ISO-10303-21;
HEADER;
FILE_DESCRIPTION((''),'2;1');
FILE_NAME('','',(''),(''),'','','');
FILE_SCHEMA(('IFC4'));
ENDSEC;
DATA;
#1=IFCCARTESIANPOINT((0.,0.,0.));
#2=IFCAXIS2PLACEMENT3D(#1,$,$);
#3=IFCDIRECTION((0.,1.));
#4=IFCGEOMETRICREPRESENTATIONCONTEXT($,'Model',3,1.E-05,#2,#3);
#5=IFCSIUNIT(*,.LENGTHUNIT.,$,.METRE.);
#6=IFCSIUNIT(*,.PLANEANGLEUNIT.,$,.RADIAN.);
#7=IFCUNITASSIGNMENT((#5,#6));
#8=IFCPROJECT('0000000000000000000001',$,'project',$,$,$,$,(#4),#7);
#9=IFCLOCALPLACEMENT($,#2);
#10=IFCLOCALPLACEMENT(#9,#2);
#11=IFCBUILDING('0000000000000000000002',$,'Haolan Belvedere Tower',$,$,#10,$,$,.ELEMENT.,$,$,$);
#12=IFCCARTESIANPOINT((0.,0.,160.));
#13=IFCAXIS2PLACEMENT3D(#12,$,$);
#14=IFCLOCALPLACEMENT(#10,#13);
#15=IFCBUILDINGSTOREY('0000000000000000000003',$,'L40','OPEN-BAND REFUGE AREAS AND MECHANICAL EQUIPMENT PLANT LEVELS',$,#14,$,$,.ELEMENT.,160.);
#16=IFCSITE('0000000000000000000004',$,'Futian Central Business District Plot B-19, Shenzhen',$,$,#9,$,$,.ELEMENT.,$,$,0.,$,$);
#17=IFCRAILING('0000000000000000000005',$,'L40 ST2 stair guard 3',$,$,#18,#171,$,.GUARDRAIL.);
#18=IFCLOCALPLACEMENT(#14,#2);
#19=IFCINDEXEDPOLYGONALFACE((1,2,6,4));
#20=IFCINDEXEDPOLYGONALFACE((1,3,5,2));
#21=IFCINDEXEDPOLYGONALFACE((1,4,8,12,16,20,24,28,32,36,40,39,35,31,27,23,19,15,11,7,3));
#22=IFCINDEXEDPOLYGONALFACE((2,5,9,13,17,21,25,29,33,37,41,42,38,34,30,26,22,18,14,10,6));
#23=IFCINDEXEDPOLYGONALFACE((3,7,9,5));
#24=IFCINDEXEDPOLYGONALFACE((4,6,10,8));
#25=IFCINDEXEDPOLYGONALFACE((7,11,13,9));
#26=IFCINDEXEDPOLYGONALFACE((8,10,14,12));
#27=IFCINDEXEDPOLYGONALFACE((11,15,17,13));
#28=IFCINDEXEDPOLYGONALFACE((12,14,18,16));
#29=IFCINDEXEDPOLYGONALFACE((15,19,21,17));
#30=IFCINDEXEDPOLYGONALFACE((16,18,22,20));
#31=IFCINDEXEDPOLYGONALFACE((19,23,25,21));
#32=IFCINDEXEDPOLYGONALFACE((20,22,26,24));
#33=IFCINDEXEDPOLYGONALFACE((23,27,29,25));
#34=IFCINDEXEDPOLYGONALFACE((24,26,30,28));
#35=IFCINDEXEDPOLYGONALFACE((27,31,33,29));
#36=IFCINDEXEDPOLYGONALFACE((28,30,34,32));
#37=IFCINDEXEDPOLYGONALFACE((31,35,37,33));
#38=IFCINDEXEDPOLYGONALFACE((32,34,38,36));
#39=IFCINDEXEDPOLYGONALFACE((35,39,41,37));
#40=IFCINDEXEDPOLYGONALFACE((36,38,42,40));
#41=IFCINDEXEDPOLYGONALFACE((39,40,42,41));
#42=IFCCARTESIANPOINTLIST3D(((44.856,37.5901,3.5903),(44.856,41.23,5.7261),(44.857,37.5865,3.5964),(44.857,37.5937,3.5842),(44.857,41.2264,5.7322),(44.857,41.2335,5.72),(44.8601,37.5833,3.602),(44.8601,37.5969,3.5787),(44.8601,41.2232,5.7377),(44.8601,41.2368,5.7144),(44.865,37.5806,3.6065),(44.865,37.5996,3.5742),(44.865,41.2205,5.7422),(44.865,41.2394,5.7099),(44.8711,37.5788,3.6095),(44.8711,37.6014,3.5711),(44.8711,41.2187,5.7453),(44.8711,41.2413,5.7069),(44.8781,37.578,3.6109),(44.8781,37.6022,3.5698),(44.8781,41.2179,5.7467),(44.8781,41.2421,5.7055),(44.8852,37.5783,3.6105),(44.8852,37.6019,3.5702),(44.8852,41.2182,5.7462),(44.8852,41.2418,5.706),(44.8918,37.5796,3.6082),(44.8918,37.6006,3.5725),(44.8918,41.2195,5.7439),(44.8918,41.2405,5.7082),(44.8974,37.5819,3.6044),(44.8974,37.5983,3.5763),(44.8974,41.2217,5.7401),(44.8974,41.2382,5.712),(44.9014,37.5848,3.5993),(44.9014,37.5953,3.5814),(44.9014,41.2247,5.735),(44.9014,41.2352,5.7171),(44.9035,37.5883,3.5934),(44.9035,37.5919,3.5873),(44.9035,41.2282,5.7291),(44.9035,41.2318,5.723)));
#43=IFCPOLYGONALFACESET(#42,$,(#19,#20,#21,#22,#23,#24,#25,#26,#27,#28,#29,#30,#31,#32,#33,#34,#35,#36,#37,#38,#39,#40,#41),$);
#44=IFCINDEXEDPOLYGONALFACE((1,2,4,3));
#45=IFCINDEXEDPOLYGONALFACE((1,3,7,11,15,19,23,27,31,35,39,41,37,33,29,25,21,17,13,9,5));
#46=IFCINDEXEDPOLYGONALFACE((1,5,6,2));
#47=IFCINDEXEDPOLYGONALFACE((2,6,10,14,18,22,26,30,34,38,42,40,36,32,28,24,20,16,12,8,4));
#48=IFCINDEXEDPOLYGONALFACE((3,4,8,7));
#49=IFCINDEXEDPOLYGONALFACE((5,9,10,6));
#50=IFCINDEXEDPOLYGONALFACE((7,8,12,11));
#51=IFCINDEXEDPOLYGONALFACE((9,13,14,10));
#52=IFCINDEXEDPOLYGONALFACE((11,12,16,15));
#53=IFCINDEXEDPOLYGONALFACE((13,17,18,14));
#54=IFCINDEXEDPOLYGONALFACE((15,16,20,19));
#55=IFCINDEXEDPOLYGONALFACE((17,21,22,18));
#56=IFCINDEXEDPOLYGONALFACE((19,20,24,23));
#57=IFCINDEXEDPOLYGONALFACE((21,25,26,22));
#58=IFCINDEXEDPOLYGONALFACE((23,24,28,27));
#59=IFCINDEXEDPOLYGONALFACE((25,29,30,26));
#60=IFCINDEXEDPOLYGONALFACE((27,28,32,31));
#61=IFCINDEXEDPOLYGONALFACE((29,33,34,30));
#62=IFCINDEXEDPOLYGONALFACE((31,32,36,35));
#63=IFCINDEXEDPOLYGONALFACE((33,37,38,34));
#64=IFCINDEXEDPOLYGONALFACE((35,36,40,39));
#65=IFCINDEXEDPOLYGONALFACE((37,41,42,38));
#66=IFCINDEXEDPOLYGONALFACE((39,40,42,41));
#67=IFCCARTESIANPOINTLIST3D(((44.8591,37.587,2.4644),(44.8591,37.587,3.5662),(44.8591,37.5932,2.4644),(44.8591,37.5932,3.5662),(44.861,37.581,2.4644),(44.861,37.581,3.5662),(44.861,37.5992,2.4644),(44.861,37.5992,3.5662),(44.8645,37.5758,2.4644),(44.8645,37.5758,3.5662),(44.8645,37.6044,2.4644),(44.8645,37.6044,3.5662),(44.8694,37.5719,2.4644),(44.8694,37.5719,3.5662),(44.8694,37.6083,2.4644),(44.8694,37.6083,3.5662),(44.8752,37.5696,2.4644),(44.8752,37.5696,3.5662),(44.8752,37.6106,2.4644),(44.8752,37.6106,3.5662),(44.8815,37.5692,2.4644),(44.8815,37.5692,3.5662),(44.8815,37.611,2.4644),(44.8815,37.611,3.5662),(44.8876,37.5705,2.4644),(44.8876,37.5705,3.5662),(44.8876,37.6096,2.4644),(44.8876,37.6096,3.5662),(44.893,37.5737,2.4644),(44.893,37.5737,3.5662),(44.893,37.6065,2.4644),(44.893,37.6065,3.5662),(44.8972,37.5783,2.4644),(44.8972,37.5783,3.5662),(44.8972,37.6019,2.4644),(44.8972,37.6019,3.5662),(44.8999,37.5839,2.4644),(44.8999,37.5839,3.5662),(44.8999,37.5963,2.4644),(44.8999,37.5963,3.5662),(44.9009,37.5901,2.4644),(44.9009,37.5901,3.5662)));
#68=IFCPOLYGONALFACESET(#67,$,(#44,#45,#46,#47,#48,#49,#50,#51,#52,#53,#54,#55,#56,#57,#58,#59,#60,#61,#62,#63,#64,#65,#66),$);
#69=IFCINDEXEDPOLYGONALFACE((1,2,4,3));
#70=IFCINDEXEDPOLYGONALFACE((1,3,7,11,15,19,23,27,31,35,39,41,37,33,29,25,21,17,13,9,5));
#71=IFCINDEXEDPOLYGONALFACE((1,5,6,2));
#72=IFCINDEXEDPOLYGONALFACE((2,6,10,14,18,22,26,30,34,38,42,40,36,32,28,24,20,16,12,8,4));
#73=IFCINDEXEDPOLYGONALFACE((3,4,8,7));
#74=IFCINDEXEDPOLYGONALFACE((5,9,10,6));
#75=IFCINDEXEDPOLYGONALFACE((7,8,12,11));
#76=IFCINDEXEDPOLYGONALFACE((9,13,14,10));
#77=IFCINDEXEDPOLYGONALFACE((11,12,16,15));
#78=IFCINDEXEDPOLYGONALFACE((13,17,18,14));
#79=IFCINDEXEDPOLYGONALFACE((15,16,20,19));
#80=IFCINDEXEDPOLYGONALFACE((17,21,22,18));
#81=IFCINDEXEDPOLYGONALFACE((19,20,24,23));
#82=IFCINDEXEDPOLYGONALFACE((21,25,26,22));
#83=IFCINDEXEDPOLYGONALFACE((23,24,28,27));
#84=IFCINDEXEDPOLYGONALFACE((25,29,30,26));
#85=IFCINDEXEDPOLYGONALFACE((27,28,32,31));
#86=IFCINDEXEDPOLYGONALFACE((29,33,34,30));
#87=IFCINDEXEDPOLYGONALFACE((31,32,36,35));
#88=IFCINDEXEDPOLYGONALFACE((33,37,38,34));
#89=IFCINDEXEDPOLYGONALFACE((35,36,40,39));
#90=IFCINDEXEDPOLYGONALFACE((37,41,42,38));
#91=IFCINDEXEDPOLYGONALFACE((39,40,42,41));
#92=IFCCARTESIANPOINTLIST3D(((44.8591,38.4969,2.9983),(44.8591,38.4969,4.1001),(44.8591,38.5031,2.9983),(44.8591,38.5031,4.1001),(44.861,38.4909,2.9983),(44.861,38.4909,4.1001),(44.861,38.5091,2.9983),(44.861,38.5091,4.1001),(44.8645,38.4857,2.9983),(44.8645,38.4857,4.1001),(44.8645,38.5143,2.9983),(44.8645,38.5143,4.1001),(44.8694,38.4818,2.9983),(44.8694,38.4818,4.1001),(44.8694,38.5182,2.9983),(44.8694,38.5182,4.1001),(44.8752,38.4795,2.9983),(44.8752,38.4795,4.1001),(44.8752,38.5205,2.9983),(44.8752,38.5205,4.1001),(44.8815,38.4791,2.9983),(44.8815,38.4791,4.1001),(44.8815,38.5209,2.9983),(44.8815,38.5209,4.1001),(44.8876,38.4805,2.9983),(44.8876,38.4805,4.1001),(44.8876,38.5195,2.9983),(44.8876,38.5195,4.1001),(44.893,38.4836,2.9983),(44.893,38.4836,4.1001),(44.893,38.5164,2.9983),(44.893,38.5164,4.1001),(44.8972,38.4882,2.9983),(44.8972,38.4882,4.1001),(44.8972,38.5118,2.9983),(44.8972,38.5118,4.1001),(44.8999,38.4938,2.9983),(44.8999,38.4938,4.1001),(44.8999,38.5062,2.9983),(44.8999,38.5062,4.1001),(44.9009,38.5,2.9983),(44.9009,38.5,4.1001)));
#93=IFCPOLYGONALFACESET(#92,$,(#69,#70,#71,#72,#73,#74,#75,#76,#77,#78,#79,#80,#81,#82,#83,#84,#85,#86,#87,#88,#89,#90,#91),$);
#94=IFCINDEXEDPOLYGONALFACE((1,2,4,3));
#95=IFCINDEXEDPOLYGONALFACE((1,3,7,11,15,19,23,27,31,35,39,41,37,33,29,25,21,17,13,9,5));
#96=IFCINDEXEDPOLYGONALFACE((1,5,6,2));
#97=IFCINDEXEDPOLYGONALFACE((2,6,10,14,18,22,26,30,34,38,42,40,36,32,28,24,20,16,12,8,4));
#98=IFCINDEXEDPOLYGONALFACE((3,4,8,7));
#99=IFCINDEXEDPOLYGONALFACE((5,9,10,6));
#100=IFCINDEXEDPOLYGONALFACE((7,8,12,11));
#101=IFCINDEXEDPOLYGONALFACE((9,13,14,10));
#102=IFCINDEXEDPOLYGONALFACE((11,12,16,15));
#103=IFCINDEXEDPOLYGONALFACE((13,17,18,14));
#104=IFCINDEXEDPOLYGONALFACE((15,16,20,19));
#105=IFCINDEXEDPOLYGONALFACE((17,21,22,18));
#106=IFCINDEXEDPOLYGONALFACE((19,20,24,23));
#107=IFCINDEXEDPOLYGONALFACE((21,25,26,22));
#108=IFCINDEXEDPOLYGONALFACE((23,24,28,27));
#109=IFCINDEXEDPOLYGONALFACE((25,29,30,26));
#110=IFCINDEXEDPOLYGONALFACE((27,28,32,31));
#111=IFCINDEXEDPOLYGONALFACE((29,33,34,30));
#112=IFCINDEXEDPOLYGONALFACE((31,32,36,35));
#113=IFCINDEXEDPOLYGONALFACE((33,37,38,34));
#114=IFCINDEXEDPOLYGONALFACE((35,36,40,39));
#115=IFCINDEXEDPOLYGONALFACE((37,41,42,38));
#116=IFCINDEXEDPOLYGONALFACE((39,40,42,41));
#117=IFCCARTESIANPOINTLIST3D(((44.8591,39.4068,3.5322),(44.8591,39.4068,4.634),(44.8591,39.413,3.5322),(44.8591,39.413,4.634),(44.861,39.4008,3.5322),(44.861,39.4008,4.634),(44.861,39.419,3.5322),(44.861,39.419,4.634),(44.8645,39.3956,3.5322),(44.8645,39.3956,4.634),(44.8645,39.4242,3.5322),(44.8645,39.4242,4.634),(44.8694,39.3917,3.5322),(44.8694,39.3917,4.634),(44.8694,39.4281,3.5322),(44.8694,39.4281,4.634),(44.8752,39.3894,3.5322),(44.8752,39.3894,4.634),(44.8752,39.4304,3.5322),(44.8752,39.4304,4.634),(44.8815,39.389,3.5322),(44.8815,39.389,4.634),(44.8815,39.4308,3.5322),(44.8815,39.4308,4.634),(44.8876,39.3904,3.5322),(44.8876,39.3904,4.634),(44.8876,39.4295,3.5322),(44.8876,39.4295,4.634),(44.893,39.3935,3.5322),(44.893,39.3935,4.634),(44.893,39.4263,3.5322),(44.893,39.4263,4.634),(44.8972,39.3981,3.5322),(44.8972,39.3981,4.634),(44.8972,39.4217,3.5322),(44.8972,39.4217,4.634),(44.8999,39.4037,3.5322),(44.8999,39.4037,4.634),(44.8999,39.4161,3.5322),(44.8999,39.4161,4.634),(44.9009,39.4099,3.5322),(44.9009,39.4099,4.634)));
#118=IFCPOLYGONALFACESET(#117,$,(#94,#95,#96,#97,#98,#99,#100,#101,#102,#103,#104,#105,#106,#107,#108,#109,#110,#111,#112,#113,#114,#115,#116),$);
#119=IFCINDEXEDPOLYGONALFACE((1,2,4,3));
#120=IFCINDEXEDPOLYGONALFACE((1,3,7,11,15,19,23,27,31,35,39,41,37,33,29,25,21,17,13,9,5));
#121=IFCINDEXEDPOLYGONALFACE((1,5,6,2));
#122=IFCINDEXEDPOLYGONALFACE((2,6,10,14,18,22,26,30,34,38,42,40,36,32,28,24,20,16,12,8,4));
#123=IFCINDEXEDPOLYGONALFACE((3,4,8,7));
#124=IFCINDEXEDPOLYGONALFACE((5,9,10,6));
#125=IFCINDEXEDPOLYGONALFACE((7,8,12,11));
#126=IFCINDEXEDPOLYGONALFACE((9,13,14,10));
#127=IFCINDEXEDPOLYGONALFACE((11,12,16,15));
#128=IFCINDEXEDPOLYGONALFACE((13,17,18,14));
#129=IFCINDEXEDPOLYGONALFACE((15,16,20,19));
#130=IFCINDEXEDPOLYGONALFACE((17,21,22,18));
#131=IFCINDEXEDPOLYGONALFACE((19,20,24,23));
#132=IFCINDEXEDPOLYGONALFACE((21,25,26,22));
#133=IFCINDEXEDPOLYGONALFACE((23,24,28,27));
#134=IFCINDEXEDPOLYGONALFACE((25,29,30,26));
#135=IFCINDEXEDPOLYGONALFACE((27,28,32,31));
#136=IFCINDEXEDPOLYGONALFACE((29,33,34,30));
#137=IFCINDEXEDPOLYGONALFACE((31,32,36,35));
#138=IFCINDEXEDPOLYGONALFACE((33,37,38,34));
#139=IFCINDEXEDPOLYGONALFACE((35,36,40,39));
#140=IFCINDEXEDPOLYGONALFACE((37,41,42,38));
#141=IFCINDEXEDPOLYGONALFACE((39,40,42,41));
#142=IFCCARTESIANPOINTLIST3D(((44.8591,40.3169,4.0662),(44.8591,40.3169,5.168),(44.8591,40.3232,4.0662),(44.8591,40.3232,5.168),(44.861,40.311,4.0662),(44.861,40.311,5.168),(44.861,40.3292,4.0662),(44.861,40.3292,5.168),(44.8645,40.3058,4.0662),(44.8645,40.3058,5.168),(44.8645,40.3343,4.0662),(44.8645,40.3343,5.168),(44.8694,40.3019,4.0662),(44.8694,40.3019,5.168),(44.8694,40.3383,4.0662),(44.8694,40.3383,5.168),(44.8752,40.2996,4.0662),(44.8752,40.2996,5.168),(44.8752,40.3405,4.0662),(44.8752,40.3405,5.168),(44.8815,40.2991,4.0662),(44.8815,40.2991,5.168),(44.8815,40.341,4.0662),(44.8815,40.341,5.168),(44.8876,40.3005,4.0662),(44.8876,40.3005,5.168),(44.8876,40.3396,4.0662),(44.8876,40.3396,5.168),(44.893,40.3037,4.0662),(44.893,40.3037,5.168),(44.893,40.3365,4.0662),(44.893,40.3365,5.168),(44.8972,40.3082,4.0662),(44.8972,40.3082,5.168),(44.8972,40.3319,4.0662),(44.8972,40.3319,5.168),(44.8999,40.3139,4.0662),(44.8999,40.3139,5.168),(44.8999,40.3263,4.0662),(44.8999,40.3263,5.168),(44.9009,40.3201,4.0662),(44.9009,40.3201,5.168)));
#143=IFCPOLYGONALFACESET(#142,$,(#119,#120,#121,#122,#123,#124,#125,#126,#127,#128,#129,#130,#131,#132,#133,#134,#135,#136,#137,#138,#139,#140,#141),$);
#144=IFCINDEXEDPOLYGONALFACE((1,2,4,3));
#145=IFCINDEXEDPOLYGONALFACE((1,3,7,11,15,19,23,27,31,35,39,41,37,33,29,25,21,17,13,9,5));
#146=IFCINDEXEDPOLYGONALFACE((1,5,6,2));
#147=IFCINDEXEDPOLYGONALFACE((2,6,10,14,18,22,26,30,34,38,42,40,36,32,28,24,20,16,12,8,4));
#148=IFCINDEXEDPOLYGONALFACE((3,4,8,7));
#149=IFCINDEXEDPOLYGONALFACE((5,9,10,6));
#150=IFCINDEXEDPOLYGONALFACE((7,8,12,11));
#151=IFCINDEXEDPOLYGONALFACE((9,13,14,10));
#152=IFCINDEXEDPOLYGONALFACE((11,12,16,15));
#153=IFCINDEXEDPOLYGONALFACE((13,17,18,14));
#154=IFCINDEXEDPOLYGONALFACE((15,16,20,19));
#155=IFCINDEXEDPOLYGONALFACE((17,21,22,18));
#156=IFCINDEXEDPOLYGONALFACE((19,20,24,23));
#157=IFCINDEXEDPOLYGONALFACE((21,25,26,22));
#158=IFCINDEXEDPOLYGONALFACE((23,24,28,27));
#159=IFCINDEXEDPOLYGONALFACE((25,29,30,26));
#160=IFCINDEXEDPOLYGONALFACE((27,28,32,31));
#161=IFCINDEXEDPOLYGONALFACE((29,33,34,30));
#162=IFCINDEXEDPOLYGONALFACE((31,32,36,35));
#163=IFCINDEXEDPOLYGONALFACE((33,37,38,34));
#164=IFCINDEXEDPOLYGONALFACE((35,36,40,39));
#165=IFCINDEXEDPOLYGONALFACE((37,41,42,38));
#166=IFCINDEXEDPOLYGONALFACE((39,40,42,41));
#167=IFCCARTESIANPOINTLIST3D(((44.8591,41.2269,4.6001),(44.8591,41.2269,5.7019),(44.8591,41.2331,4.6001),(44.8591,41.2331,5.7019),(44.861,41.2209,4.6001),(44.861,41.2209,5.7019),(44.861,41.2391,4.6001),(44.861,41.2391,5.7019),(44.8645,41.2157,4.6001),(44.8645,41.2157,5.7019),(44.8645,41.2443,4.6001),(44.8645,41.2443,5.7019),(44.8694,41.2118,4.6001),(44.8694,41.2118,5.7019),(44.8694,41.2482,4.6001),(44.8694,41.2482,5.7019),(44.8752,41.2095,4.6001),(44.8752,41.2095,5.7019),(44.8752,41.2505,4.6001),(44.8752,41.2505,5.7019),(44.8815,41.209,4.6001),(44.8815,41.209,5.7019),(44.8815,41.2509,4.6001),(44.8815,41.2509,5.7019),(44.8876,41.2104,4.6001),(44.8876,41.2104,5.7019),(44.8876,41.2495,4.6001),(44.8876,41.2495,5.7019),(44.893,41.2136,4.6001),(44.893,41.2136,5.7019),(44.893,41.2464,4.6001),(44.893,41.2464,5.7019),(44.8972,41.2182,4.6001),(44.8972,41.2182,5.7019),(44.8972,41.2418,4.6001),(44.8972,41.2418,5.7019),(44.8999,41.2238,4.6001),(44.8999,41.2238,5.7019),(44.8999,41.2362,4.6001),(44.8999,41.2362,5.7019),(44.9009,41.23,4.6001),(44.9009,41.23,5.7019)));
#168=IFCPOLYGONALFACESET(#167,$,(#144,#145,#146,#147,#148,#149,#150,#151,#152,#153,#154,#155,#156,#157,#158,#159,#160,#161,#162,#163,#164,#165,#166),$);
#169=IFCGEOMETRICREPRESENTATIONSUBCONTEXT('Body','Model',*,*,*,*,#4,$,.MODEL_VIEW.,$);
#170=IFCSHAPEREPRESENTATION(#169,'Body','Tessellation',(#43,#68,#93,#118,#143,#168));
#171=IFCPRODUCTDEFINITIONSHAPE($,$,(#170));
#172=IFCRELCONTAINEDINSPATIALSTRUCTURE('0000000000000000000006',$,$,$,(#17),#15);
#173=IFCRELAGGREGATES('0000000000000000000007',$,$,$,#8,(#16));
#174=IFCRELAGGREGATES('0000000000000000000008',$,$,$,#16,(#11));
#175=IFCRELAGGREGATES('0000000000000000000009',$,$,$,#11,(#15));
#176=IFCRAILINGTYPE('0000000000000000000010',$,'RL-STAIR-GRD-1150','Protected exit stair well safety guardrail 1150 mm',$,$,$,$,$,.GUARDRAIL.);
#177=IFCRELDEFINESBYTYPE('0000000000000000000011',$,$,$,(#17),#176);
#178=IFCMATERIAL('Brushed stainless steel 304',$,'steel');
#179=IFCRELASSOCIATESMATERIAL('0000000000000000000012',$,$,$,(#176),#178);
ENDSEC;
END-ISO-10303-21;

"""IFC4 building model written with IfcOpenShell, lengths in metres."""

from ifc_helpers import new_model, si_unit, direction, frame, origin, origin_2d, place, context, subcontext, project, spatial, circle, extrude, material, type_object, element, save


model = new_model("IFC4")

# Units and contexts
model_context = context("Model", 3, precision=1e-05, world=origin(), true_north=direction((0.0, 1.0)))
body_context = subcontext(model_context, "Body", "Model", "MODEL_VIEW")
ifc_project = project(units=[si_unit("LENGTHUNIT", "METRE"), si_unit("PLANEANGLEUNIT", "RADIAN")], contexts=[model_context])

# Site, building, storey
site_placement = place(None, origin())
site = spatial("IfcSite", under=ifc_project, at=site_placement, Name="Futian Central Business District Plot B-19, Shenzhen", CompositionType="ELEMENT", RefElevation=0.0)
building_placement = place(site_placement, origin())
building = spatial("IfcBuilding", under=site, at=building_placement, Name="Haolan Belvedere Tower", CompositionType="ELEMENT")
storey_placement = place(building_placement, frame((0.0, 0.0, 160.0)))
storey = spatial("IfcBuildingStorey", under=building, at=storey_placement, Name="L40", Description="OPEN-BAND REFUGE AREAS AND MECHANICAL EQUIPMENT PLANT LEVELS", CompositionType="ELEMENT", Elevation=160.0)

# Railing
ifc_material_1 = material(Name="Brushed stainless steel 304", Category="steel")
railing_type_1 = type_object("IfcRailingType", Name="RL-STAIR-GRD-1150", Description="Protected exit stair well safety guardrail 1150 mm", PredefinedType="GUARDRAIL", material=ifc_material_1)
railing_1_placement = place(storey_placement, frame((44.8799, 37.5901, 2.4644)))
element("IfcRailing", 1, at=railing_1_placement, inside=storey, type_object=railing_type_1, Name="L40 ST2 stair guard 3", PredefinedType="GUARDRAIL", context=body_context, shape_type="SweptSolid", body=[
    extrude(circle(Radius=0.0239, at=origin_2d()), frame((0.0, 0.0, 1.126), z_axis=(0.0, 0.86249, 0.506074), x_axis=(-1.0, 0.0, 0.0)), (0.0, 0.0, 1.0), 4.2202),
    extrude(circle(Radius=0.021, at=origin_2d()), origin(), (0.0, 0.0, 1.0), 1.1018),
    extrude(circle(Radius=0.021, at=origin_2d()), frame((0.0, 0.9099, 0.5339)), (0.0, 0.0, 1.0), 1.1018),
    extrude(circle(Radius=0.021, at=origin_2d()), frame((0.0, 1.8198, 1.0679)), (0.0, 0.0, 1.0), 1.1018),
    extrude(circle(Radius=0.021, at=origin_2d()), frame((0.0, 2.73, 1.6018)), (0.0, 0.0, 1.0), 1.1018),
    extrude(circle(Radius=0.021, at=origin_2d()), frame((0.0, 3.6399, 2.1357)), (0.0, 0.0, 1.0), 1.1018),
])

save(model, "model.ifc")
